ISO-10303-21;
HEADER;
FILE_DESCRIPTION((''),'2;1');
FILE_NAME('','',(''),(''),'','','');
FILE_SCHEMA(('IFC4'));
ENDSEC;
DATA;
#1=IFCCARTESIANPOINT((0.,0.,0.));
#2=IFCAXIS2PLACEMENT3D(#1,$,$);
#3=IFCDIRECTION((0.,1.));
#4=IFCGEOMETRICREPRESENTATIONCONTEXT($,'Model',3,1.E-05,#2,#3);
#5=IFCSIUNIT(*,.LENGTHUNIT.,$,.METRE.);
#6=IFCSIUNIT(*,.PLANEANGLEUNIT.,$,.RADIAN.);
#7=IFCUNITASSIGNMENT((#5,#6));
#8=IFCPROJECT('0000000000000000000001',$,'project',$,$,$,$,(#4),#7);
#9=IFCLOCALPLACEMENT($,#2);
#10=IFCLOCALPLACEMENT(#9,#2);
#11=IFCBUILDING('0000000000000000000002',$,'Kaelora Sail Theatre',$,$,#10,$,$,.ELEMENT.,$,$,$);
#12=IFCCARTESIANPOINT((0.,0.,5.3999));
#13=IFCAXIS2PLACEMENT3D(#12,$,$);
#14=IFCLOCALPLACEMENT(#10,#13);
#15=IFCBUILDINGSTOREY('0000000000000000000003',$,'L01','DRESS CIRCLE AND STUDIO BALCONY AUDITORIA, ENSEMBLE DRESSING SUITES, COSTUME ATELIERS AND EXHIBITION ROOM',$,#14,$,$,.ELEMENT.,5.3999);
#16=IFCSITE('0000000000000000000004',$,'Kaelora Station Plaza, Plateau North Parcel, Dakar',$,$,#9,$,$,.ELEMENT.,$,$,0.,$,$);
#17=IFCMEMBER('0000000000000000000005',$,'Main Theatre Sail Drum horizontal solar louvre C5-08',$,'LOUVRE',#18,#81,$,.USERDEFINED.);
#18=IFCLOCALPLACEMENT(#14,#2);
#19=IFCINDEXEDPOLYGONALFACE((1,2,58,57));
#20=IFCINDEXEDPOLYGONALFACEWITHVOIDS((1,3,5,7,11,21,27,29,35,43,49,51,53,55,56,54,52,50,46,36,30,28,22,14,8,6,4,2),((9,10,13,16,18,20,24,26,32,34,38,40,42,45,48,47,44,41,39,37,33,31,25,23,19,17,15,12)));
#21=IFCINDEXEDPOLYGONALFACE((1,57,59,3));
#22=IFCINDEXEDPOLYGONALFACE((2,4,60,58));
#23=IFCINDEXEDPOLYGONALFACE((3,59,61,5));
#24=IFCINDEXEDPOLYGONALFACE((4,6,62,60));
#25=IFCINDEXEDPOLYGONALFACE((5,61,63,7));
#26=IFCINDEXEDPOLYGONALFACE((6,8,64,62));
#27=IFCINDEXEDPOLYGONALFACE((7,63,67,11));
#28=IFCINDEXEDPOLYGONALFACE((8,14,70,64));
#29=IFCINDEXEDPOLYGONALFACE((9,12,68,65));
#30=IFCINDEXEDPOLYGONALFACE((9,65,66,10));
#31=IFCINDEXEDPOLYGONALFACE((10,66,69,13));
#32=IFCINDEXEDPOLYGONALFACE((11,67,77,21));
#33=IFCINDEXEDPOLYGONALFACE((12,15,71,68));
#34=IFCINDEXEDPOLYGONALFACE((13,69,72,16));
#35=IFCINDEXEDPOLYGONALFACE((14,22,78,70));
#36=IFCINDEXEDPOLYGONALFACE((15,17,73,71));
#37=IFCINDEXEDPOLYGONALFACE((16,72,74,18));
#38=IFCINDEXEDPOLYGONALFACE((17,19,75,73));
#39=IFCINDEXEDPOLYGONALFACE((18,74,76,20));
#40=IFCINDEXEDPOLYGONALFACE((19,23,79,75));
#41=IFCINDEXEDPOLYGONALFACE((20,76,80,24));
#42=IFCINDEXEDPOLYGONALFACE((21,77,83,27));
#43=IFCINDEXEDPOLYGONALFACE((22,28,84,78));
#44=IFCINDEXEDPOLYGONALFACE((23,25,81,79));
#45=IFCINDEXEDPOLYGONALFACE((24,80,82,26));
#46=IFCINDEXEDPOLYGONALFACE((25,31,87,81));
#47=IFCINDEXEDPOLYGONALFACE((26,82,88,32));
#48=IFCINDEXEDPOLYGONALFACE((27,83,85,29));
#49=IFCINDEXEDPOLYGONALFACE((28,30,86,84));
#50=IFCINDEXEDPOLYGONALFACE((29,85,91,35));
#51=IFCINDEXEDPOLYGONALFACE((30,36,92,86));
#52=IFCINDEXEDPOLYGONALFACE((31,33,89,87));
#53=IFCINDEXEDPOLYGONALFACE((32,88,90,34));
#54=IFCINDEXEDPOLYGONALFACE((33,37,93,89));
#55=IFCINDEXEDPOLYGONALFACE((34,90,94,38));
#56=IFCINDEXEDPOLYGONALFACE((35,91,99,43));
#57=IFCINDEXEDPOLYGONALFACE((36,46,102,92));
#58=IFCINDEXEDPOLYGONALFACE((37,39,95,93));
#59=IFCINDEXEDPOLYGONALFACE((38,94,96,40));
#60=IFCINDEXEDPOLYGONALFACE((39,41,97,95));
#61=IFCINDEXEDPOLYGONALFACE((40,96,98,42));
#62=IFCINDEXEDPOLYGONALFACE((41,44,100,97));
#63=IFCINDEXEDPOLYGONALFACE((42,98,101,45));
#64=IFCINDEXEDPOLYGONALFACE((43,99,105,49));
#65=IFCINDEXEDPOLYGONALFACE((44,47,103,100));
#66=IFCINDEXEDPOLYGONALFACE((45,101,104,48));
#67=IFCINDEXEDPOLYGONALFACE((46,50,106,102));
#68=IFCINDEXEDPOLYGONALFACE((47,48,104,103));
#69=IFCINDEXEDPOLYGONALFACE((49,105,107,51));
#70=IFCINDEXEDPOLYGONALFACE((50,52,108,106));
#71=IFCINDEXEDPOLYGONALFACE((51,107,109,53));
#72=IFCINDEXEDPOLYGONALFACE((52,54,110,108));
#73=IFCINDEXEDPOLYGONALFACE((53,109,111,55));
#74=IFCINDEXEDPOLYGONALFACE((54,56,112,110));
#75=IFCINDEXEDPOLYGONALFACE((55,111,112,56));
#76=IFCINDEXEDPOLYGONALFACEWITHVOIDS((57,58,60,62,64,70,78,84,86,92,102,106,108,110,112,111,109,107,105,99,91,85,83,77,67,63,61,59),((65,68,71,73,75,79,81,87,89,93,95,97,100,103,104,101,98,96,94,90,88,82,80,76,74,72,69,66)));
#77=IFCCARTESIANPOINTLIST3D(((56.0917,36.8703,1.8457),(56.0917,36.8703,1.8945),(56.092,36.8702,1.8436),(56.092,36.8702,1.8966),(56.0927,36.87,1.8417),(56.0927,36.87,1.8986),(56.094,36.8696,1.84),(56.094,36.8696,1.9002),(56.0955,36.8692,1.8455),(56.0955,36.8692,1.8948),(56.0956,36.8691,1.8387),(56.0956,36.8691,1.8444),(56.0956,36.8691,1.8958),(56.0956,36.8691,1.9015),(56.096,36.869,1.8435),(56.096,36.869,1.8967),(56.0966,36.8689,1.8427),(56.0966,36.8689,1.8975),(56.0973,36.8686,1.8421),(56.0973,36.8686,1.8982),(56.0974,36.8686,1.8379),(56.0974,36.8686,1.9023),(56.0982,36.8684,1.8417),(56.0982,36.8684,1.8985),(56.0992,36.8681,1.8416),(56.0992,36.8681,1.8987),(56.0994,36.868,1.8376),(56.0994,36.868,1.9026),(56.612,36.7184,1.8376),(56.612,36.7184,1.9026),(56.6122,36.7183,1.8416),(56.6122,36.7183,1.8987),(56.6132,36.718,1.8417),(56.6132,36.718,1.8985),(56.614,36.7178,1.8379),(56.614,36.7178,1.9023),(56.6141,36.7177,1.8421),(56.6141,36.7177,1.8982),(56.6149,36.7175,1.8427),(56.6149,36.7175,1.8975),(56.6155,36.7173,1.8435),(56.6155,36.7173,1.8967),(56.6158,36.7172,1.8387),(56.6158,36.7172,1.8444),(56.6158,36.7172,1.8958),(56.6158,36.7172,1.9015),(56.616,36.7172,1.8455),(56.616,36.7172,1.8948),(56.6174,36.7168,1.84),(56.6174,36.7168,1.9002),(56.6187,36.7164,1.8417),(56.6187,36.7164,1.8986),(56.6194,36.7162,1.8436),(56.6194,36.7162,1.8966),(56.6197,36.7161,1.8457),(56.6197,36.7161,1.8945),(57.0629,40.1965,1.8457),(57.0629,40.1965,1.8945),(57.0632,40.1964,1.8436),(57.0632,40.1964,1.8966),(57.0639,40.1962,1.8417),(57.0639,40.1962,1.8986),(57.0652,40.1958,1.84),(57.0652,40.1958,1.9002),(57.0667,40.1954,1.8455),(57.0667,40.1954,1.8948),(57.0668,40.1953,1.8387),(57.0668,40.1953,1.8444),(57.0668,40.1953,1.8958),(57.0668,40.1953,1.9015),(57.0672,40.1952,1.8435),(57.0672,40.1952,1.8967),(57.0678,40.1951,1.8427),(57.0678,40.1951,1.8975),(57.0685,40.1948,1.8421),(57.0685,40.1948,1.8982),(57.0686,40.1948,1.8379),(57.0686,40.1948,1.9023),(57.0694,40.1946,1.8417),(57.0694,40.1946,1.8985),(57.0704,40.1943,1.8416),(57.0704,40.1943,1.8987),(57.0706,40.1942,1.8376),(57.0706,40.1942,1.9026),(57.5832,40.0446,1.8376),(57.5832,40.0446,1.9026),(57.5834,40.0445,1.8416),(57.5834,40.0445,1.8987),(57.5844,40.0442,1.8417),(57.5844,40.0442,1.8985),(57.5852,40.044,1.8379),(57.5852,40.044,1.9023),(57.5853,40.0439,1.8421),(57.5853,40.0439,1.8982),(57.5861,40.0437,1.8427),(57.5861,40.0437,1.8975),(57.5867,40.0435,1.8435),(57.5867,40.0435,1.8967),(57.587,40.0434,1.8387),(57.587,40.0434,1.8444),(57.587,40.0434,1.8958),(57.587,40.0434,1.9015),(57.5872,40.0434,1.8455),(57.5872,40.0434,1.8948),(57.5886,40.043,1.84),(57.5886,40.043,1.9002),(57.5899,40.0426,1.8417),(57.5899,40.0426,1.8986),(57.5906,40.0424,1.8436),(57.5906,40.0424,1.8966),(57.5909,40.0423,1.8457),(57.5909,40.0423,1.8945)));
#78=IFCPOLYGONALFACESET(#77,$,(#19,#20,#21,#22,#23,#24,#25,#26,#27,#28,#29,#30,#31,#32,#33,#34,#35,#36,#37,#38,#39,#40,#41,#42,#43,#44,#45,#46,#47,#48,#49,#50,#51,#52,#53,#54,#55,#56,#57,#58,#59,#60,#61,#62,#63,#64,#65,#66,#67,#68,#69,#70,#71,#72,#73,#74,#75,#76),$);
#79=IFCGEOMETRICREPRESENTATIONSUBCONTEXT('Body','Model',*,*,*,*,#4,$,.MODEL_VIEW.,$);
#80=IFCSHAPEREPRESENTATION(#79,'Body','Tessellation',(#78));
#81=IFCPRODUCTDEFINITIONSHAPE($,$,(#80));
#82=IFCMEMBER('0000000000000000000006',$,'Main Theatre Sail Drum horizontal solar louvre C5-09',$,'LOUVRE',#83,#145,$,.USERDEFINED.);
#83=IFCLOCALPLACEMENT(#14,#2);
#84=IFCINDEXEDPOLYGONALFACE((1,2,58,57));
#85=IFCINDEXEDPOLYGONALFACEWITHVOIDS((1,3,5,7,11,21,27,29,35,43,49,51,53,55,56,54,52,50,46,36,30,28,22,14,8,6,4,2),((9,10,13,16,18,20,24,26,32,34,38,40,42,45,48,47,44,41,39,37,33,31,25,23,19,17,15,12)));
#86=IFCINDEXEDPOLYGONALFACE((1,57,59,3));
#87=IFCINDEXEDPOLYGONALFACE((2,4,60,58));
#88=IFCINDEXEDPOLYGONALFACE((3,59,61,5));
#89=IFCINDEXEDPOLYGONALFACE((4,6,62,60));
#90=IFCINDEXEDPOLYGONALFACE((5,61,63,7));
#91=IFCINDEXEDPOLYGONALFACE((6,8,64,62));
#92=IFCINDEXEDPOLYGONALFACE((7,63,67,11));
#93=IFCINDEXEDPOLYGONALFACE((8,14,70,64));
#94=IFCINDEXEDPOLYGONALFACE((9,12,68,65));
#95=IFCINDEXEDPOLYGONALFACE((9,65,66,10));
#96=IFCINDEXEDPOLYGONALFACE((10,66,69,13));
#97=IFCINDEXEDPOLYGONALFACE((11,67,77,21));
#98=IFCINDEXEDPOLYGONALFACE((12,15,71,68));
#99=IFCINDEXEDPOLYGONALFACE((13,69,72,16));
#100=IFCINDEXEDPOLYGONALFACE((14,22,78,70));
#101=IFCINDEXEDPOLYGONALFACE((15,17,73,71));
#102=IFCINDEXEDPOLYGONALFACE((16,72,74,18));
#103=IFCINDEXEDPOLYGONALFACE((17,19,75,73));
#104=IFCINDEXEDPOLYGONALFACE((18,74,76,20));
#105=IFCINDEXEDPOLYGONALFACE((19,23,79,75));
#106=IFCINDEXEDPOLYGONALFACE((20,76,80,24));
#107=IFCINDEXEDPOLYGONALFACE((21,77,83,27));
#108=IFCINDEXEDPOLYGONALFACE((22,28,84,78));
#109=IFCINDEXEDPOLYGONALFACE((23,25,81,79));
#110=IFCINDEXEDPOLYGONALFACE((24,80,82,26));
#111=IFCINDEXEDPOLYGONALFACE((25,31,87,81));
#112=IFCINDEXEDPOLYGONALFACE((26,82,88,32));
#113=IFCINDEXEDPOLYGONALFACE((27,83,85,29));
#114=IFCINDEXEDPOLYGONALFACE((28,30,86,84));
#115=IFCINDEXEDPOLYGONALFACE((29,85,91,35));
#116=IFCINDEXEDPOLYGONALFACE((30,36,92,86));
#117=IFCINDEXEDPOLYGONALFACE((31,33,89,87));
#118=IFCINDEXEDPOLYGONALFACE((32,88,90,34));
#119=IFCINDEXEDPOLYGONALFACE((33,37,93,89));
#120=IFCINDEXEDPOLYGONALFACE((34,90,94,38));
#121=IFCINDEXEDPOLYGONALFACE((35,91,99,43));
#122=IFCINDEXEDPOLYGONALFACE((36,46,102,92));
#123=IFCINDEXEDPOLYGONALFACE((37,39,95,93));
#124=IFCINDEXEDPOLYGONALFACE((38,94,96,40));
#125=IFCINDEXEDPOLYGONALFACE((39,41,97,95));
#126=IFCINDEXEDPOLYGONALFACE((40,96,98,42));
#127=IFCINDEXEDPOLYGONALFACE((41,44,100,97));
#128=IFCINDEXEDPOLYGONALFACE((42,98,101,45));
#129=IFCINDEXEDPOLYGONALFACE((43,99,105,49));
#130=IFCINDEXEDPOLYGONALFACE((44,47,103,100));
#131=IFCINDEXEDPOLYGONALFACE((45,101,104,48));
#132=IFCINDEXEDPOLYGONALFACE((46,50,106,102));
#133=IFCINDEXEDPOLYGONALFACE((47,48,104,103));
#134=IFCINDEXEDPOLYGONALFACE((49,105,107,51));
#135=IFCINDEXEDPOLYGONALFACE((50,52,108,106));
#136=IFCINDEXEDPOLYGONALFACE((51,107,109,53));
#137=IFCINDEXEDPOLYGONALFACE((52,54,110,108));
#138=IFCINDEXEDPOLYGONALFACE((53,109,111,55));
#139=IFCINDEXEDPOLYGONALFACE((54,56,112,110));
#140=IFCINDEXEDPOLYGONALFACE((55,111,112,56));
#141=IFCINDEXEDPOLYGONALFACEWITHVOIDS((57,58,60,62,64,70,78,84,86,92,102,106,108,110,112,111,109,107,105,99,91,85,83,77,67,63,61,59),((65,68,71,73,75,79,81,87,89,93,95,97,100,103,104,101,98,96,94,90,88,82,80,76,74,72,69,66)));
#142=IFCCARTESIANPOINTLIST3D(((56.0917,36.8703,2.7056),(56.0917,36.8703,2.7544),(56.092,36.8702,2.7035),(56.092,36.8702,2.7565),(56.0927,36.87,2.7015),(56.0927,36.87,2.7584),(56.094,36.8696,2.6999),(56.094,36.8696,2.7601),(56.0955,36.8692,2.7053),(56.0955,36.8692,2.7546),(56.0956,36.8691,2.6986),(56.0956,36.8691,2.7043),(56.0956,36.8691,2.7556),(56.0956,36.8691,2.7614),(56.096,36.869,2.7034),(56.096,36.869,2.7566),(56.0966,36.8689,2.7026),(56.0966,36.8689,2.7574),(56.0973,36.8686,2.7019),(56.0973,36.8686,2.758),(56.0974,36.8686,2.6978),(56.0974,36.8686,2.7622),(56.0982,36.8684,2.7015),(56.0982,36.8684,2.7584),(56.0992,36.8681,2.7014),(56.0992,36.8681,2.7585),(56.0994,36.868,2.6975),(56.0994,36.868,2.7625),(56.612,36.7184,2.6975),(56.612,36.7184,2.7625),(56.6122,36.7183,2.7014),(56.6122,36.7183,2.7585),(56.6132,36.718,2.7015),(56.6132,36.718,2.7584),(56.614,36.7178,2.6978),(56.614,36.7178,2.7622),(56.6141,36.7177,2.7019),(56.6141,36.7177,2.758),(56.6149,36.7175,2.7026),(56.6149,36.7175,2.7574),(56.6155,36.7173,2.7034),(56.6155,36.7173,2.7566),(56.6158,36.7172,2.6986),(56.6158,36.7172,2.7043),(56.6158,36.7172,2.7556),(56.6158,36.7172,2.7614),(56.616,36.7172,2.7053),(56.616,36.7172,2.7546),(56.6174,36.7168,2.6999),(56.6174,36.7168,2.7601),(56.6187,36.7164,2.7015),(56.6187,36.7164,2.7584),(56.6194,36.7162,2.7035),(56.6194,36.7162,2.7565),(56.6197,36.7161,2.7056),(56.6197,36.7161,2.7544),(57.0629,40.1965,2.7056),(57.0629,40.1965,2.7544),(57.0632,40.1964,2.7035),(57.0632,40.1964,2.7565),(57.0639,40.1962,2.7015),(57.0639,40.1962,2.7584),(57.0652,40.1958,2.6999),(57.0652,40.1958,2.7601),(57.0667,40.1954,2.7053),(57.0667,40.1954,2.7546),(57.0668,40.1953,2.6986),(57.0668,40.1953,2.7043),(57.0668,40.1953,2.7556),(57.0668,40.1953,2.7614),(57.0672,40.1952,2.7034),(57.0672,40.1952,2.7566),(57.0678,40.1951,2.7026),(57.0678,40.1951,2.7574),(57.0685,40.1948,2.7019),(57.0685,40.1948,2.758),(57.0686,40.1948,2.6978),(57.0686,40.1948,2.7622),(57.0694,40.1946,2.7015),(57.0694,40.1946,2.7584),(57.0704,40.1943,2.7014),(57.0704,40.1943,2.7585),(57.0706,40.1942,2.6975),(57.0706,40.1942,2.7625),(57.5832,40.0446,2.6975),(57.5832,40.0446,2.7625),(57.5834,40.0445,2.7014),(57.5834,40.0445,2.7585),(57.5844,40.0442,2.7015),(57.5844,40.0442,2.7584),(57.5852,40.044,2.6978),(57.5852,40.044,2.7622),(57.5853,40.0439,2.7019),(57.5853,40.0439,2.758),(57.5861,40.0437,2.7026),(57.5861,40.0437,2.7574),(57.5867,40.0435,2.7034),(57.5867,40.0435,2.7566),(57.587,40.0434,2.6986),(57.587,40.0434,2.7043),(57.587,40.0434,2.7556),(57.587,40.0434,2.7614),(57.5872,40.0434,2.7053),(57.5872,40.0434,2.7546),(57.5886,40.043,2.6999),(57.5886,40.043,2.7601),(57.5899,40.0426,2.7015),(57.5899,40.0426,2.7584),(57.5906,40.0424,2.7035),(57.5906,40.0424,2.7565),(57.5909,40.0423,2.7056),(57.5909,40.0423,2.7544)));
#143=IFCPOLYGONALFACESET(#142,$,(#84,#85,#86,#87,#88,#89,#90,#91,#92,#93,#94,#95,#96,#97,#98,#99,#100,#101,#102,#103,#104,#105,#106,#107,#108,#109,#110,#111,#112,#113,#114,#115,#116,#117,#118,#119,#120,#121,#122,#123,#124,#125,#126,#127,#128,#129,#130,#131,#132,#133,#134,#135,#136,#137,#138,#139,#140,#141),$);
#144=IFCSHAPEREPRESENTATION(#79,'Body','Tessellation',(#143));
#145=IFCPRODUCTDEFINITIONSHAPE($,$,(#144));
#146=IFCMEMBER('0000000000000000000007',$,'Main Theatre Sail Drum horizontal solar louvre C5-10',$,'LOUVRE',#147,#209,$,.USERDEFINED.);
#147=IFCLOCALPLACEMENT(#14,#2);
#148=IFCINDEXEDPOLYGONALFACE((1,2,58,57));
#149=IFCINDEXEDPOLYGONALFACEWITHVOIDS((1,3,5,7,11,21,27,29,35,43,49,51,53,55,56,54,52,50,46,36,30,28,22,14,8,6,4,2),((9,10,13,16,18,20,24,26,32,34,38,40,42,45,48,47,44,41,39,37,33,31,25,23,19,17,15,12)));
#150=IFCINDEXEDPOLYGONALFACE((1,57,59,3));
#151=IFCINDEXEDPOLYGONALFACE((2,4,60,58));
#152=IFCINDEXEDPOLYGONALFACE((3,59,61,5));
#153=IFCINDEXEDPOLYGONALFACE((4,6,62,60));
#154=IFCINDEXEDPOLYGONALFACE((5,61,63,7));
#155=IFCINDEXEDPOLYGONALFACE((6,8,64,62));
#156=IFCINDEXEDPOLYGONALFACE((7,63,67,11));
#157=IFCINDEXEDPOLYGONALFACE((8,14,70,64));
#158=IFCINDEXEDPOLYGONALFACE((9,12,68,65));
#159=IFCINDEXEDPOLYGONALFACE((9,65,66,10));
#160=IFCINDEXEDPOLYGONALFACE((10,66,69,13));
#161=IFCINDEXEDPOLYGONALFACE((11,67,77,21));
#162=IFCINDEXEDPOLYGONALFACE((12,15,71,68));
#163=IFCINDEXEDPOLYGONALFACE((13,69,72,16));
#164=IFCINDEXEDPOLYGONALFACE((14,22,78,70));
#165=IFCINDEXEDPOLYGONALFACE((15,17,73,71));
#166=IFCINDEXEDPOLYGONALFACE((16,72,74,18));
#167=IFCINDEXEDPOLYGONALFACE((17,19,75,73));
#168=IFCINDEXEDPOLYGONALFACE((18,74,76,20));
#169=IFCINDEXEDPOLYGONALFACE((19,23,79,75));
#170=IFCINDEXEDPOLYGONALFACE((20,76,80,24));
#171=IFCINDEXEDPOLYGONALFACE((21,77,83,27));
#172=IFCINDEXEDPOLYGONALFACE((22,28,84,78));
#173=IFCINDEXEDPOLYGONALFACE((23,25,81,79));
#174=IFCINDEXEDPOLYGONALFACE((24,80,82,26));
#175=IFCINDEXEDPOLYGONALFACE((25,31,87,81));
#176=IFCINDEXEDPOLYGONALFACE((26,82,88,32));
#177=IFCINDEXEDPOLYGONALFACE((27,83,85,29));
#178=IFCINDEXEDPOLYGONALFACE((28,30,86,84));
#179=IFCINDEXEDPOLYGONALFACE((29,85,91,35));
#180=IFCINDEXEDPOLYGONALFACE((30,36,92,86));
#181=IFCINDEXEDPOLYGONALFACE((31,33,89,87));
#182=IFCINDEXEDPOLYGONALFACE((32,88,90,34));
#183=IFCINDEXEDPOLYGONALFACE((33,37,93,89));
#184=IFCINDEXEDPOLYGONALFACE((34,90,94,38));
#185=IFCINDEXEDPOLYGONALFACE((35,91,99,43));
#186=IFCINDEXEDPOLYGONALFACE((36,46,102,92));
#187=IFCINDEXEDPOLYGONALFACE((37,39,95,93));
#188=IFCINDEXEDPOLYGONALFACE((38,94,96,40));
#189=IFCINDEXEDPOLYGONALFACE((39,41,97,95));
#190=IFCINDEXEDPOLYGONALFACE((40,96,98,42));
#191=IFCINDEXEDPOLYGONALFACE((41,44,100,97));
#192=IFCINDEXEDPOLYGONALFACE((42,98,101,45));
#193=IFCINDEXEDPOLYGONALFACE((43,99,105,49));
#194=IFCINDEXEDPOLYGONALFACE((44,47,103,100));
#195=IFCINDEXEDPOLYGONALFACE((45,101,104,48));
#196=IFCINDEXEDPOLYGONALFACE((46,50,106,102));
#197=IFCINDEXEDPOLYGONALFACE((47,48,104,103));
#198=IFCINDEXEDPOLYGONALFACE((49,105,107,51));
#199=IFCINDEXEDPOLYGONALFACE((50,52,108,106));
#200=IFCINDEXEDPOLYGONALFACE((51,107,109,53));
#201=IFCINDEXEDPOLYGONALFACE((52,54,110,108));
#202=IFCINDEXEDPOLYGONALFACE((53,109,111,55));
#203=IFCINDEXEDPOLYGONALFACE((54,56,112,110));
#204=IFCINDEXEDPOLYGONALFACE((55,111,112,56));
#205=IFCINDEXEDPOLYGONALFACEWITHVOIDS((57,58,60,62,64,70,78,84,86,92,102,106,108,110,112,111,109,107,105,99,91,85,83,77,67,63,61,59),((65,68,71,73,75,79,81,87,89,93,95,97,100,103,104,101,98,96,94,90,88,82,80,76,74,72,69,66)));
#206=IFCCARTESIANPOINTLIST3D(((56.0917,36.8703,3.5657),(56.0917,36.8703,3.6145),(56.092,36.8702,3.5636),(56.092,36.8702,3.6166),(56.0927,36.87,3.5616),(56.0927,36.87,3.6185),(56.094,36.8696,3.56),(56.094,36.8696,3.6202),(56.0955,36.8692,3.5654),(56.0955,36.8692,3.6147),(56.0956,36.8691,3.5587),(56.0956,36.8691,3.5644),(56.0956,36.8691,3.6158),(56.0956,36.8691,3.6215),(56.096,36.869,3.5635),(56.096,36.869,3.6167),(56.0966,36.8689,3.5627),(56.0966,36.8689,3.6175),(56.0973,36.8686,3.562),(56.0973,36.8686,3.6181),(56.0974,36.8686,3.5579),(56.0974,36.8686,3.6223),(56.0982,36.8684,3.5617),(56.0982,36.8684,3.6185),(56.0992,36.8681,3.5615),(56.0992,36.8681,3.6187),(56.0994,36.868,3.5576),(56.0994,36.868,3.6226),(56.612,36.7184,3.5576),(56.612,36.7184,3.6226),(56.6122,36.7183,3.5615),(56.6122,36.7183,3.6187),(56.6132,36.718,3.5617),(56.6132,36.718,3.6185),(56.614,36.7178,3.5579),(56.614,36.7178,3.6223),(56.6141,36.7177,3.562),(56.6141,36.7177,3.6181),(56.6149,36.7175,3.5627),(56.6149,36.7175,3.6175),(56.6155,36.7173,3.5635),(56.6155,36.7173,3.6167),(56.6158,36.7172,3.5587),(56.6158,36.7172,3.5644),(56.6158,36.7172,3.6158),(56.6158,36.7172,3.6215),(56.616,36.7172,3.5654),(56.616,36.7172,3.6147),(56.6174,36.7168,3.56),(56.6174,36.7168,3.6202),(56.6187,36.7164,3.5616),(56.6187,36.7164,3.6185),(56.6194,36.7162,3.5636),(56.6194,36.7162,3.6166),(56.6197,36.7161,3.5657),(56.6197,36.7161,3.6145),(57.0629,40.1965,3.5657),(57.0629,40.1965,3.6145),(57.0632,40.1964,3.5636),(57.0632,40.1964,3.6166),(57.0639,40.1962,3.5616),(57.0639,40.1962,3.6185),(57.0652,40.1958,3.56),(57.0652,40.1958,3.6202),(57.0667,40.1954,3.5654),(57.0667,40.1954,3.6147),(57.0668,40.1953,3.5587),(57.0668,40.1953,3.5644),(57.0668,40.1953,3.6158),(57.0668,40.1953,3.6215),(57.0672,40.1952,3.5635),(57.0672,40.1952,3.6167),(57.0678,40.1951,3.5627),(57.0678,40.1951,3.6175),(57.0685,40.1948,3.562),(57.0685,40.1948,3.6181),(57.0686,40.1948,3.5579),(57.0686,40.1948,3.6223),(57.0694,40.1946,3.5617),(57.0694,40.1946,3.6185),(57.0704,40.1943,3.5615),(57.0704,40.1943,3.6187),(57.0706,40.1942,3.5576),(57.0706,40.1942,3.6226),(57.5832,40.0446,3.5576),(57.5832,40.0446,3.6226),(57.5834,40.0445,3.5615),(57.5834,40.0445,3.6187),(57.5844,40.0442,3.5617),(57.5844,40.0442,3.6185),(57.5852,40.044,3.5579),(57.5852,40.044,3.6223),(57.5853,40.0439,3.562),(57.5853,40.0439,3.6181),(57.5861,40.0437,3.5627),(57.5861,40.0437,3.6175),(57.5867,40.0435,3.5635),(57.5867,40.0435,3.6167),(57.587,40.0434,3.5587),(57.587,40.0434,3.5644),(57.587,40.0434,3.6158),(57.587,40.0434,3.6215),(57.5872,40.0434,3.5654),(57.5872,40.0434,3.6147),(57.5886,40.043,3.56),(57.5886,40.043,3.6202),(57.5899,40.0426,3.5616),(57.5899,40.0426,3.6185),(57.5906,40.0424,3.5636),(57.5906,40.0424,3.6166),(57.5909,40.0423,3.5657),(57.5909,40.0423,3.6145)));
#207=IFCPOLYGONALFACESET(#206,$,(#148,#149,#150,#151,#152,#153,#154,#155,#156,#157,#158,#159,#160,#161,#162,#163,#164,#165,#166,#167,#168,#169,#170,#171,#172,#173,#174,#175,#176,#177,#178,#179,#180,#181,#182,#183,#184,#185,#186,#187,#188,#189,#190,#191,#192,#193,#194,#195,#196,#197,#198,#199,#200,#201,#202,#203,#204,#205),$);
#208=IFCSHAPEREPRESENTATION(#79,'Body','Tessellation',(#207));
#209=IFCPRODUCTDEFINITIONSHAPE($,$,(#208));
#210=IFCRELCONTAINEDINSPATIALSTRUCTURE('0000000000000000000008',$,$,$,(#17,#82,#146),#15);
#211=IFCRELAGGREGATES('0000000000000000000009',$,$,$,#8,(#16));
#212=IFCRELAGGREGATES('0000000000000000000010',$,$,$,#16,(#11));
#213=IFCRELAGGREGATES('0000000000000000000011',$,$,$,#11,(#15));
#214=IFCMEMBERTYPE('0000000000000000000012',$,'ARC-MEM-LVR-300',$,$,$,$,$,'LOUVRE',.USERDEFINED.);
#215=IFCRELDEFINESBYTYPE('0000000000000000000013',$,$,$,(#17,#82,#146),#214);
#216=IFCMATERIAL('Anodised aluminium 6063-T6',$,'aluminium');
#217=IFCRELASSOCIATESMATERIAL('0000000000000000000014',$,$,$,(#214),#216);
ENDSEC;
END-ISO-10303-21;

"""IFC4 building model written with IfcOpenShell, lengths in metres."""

from ifc_helpers import new_model, si_unit, direction, frame, origin, origin_2d, place, context, subcontext, project, spatial, hollow_rectangle, extrude, material, material_profile, profile_set, type_object, element, save


model = new_model("IFC4")

# Units and contexts
model_context = context("Model", 3, precision=1e-05, world=origin(), true_north=direction((0.0, 1.0)))
body_context = subcontext(model_context, "Body", "Model", "MODEL_VIEW")
ifc_project = project(units=[si_unit("LENGTHUNIT", "METRE"), si_unit("PLANEANGLEUNIT", "RADIAN")], contexts=[model_context])

# Site, building, storey
site_placement = place(None, origin())
site = spatial("IfcSite", under=ifc_project, at=site_placement, Name="Kaelora Station Plaza, Plateau North Parcel, Dakar", CompositionType="ELEMENT", RefElevation=0.0)
building_placement = place(site_placement, origin())
building = spatial("IfcBuilding", under=site, at=building_placement, Name="Kaelora Sail Theatre", CompositionType="ELEMENT")
storey_placement = place(building_placement, frame((0.0, 0.0, 5.3999)))
storey = spatial("IfcBuildingStorey", under=building, at=storey_placement, Name="L01", Description="DRESS CIRCLE AND STUDIO BALCONY AUDITORIA, ENSEMBLE DRESSING SUITES, COSTUME ATELIERS AND EXHIBITION ROOM", CompositionType="ELEMENT", Elevation=5.3999)

# Members
ifc_material_1 = material(Name="Anodised aluminium 6063-T6", Category="aluminium")
ifc_material_profile_1 = material_profile(ifc_material_1, hollow_rectangle(XDim=0.55, YDim=0.0649, WallThickness=0.0039, InnerFilletRadius=0.0039, OuterFilletRadius=0.0081, at=origin_2d()), Name="LOUVRE 550x65x4")
ifc_profile_set_1 = profile_set([ifc_material_profile_1], Name="Anodised aluminium 6063-T6")
member_type_1 = type_object("IfcMemberType", Name="ARC-MEM-LVR-300", ElementType="LOUVRE", PredefinedType="USERDEFINED", material=ifc_profile_set_1)
for number, where, z_axis, x_axis, name in (
    (1, (57.3269, 40.1194, 1.8701), (-0.280281, -0.959918, 0.0), (0.959918, -0.280281, 0.0), "Main Theatre Sail Drum horizontal solar louvre C5-08"),
    (2, (57.3269, 40.1194, 2.73), (-0.280281, -0.959918, 0.0), (0.959918, -0.280281, 0.0), "Main Theatre Sail Drum horizontal solar louvre C5-09"),
    (3, (57.3269, 40.1194, 3.5901), (-0.280281, -0.959918, 0.0), (0.959918, -0.280281, 0.0), "Main Theatre Sail Drum horizontal solar louvre C5-10"),
):
    element("IfcMember", number, at=place(storey_placement, frame(where, z_axis=z_axis, x_axis=x_axis)), inside=storey, type_object=member_type_1, Name=name, ObjectType="LOUVRE", PredefinedType="USERDEFINED", context=body_context, shape_type="SweptSolid", body=[
        extrude(hollow_rectangle(XDim=0.55, YDim=0.0649, WallThickness=0.0039, InnerFilletRadius=0.0039, OuterFilletRadius=0.0081, at=origin_2d()), origin(), (0.0, 0.0, 1.0), 3.4651),
    ])

save(model, "model.ifc")
